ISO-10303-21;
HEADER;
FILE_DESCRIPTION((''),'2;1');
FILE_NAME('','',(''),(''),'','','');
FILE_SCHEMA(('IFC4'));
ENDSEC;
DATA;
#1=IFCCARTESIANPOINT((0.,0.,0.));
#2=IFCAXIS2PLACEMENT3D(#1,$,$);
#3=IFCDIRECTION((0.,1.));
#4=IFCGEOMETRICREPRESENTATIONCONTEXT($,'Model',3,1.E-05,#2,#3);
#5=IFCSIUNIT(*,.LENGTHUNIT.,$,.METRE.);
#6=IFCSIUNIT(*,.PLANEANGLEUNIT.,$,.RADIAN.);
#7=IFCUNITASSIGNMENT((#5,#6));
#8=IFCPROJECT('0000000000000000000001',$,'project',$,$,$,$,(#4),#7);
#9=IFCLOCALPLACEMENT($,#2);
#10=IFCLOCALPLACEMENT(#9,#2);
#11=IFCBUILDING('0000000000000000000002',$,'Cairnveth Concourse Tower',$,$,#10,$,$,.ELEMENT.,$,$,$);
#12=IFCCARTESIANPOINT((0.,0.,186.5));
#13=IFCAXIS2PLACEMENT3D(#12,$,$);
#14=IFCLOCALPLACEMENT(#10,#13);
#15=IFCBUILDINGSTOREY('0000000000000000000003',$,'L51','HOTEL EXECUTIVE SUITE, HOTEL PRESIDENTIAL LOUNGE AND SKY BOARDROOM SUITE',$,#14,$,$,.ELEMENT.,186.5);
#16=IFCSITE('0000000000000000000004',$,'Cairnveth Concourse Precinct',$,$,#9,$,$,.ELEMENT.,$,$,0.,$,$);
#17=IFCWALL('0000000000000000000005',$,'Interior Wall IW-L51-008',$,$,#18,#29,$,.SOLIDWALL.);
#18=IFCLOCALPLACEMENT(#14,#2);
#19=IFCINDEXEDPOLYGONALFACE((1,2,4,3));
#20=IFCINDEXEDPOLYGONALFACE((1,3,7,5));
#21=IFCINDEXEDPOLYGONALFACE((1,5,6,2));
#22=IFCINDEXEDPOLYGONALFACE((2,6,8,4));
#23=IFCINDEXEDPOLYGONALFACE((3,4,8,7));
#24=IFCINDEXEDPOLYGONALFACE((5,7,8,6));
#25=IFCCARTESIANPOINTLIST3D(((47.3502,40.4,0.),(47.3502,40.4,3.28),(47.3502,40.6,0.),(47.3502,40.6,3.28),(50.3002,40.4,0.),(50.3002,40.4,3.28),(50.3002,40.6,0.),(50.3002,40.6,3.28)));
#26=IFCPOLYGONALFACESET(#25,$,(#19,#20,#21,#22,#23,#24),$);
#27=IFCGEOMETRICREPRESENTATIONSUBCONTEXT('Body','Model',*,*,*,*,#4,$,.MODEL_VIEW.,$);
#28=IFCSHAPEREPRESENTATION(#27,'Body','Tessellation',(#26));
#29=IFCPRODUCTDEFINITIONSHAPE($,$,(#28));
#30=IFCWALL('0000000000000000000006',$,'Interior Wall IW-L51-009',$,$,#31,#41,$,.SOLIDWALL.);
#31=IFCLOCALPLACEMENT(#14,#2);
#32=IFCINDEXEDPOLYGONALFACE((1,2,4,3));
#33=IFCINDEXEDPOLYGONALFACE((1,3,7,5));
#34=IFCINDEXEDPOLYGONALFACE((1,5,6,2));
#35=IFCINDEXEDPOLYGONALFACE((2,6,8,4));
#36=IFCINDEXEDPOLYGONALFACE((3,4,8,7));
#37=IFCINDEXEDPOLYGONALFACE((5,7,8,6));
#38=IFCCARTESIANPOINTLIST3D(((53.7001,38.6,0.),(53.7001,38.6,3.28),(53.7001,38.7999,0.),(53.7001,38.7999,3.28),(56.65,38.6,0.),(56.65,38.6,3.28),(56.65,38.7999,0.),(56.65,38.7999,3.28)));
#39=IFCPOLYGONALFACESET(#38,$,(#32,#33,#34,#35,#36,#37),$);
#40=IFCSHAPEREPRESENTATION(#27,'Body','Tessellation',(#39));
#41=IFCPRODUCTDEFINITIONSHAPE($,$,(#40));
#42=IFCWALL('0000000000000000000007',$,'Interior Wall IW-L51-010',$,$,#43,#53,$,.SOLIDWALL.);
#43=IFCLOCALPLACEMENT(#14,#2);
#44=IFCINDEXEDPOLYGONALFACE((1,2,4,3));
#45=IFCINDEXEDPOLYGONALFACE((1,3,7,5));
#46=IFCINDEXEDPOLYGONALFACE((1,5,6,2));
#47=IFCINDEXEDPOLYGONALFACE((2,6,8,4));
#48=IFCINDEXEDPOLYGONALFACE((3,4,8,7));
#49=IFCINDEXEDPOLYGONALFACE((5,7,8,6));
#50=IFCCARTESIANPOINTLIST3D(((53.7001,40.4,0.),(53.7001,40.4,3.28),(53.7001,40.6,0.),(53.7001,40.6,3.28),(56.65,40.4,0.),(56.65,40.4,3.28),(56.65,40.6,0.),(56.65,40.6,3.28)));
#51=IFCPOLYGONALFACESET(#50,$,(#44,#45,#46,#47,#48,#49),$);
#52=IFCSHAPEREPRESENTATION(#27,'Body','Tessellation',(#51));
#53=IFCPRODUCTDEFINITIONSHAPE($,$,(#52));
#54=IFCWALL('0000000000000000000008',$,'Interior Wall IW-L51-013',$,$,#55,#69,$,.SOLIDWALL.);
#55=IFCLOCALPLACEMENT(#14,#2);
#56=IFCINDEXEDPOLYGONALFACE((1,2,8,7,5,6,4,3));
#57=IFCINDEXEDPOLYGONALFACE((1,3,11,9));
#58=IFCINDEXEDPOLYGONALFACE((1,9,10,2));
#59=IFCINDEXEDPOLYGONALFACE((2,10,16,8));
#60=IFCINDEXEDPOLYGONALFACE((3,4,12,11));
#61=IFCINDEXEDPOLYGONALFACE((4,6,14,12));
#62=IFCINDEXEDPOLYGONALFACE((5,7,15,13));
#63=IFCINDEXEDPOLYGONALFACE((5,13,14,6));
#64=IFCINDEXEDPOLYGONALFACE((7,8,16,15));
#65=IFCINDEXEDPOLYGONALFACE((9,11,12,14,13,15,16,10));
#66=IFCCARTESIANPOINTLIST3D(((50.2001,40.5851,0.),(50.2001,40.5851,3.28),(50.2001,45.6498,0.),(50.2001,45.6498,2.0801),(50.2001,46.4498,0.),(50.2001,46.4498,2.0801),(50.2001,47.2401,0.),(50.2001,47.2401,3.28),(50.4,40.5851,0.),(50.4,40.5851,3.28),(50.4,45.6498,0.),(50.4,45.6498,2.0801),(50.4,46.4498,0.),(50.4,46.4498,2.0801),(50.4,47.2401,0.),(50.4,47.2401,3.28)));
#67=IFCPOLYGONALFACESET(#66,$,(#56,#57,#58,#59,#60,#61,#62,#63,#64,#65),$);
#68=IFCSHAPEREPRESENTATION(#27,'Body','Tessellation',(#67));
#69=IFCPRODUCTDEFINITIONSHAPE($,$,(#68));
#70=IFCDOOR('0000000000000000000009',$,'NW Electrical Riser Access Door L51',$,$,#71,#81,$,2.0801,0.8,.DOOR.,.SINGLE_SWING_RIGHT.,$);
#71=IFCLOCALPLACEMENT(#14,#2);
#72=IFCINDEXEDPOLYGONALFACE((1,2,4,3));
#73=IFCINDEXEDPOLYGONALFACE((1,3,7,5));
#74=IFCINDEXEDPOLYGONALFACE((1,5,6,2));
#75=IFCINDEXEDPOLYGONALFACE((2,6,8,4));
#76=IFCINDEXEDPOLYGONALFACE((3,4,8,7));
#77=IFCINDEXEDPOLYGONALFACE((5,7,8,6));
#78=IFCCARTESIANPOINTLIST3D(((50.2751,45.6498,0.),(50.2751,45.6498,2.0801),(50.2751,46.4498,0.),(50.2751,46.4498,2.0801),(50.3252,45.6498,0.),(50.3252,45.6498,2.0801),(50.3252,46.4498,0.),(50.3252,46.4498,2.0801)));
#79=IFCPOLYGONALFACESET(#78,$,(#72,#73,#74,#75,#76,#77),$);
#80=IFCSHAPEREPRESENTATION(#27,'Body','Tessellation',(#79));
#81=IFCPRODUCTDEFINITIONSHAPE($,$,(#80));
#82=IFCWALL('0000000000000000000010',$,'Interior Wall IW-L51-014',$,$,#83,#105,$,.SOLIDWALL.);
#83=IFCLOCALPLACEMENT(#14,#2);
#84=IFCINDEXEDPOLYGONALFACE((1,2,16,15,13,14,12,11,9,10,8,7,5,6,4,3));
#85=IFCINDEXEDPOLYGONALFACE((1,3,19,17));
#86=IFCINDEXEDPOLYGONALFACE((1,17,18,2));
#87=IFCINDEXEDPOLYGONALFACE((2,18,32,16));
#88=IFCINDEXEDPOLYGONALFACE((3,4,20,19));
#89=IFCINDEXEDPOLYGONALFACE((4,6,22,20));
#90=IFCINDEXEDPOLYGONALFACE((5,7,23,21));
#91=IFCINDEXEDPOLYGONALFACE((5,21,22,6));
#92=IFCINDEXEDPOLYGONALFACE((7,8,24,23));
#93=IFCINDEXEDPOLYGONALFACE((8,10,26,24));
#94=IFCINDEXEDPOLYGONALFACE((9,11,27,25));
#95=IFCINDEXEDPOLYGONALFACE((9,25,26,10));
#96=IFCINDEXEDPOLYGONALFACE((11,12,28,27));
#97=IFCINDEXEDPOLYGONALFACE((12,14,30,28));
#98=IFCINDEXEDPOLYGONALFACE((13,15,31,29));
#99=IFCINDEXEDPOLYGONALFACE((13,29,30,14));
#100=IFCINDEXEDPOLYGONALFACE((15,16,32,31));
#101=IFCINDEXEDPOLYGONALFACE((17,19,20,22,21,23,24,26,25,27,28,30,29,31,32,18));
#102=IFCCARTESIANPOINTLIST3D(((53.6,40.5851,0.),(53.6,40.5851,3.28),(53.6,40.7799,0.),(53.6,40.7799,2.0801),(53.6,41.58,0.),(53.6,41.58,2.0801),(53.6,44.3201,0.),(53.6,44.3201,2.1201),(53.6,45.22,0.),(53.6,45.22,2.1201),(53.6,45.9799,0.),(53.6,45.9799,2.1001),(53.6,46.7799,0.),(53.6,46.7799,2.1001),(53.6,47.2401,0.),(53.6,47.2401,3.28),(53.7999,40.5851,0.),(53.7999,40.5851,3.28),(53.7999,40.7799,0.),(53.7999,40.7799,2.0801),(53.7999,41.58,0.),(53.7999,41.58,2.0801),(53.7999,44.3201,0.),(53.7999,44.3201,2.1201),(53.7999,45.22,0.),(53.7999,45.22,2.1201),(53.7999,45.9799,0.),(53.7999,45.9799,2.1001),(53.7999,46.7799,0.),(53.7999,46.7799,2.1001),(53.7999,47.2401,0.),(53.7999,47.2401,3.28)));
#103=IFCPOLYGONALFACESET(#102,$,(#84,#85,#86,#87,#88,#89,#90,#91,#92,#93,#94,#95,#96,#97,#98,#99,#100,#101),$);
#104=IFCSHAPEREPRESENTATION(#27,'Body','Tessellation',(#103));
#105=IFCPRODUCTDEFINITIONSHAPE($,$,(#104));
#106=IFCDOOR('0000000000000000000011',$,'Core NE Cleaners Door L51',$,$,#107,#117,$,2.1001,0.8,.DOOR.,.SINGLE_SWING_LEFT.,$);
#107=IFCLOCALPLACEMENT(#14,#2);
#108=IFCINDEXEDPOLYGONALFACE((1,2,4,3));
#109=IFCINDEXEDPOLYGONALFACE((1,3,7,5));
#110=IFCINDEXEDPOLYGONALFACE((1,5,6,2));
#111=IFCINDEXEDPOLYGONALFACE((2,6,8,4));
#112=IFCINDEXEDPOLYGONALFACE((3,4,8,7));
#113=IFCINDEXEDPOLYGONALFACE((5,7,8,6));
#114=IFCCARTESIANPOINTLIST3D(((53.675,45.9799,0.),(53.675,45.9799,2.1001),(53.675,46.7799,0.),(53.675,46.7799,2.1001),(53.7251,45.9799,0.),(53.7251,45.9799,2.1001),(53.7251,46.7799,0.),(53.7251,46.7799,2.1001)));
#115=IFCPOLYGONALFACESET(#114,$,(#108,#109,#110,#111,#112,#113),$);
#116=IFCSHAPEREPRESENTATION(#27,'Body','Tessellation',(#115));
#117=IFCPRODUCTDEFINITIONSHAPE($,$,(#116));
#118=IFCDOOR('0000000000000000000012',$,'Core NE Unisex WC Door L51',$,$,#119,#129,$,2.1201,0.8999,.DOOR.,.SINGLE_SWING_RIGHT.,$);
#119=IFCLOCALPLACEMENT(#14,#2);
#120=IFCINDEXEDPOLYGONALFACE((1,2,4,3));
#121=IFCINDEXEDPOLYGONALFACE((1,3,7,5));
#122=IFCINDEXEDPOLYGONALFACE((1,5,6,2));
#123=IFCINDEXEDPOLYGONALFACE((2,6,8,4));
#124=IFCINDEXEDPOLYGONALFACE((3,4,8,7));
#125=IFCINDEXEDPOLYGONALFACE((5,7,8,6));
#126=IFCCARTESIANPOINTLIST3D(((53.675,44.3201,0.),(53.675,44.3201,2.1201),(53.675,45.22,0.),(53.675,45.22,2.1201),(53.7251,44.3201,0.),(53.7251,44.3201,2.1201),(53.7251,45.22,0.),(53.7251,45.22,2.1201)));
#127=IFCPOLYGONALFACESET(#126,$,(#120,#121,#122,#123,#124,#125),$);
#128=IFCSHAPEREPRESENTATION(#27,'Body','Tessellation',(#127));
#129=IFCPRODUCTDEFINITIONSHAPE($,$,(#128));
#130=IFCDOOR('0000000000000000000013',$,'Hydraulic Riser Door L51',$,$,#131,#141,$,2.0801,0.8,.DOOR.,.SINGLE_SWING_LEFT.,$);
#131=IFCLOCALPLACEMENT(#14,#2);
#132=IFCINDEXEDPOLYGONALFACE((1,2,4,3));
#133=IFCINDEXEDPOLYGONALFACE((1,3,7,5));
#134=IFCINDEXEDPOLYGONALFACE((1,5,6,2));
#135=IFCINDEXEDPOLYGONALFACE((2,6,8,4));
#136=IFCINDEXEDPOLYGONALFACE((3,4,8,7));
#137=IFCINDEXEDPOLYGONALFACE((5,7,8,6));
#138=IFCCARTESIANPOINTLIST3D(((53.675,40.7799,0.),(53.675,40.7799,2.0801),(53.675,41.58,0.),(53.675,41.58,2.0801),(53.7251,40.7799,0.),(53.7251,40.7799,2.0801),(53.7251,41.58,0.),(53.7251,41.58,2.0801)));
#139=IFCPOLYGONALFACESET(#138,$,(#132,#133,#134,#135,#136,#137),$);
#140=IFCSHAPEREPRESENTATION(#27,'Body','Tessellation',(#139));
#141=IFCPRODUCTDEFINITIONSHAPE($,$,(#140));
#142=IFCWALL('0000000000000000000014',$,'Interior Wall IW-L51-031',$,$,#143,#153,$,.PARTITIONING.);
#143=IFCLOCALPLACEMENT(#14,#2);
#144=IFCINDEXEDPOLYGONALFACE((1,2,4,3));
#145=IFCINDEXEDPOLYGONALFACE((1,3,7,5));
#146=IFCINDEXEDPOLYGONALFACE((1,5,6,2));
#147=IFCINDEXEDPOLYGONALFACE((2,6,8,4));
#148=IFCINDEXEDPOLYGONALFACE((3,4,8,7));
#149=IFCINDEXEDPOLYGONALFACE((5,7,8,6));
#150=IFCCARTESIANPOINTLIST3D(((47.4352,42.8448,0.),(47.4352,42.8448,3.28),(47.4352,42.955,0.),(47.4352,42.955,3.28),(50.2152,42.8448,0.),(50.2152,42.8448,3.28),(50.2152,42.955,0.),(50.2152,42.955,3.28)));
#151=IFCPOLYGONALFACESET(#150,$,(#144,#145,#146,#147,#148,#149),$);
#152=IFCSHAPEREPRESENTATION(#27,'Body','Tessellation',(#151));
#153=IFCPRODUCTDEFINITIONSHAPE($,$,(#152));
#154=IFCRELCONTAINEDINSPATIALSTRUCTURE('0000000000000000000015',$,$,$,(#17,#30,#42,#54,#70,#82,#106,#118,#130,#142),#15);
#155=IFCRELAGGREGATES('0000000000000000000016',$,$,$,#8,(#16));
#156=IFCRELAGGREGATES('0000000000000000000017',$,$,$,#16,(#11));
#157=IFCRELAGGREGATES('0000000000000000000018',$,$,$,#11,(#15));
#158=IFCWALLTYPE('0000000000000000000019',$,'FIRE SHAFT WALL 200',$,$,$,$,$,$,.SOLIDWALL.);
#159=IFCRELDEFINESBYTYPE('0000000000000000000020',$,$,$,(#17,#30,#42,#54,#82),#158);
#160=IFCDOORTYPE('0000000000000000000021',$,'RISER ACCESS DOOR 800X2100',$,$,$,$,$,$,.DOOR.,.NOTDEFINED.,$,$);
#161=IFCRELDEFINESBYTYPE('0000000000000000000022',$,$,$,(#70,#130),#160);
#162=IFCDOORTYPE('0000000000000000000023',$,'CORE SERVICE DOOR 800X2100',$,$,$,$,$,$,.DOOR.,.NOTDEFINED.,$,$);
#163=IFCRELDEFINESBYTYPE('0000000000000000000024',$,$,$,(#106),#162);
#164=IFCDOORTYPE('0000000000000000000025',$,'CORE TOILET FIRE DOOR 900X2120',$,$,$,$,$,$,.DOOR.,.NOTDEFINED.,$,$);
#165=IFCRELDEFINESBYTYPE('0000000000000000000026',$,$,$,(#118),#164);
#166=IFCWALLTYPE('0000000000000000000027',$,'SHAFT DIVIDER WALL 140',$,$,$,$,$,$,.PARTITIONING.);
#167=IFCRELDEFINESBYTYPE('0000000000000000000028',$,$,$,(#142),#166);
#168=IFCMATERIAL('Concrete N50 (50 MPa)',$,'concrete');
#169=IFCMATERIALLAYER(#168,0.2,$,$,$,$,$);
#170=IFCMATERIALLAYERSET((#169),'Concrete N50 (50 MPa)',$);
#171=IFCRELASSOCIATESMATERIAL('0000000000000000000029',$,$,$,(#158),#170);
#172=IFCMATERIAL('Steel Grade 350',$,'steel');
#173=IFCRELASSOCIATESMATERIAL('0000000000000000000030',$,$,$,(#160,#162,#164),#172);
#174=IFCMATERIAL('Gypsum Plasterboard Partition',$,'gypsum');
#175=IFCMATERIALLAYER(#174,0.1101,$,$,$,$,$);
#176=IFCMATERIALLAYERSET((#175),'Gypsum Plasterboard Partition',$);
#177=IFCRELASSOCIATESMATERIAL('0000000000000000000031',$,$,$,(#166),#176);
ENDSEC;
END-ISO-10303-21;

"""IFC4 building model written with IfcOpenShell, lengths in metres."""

from ifc_helpers import new_model, si_unit, direction, frame, frame_2d, origin, place, context, subcontext, project, spatial, rectangle, extrude, material, layer, layer_set, type_object, element, fill, save


model = new_model("IFC4")

# Units and contexts
model_context = context("Model", 3, precision=1e-05, world=origin(), true_north=direction((0.0, 1.0)))
body_context = subcontext(model_context, "Body", "Model", "MODEL_VIEW")
ifc_project = project(units=[si_unit("LENGTHUNIT", "METRE"), si_unit("PLANEANGLEUNIT", "RADIAN")], contexts=[model_context])

# Site, building, storey
site_placement = place(None, origin())
site = spatial("IfcSite", under=ifc_project, at=site_placement, Name="Cairnveth Concourse Precinct", CompositionType="ELEMENT", RefElevation=0.0)
building_placement = place(site_placement, origin())
building = spatial("IfcBuilding", under=site, at=building_placement, Name="Cairnveth Concourse Tower", CompositionType="ELEMENT")
storey_placement = place(building_placement, frame((0.0, 0.0, 186.5)))
storey = spatial("IfcBuildingStorey", under=building, at=storey_placement, Name="L51", Description="HOTEL EXECUTIVE SUITE, HOTEL PRESIDENTIAL LOUNGE AND SKY BOARDROOM SUITE", CompositionType="ELEMENT", Elevation=186.5)

# Shared definitions
ifc_material_1 = material(Name="Steel Grade 350", Category="steel")

# Walls
ifc_material_2 = material(Name="Concrete N50 (50 MPa)", Category="concrete")
ifc_layer_1 = layer(ifc_material_2, 0.2)
ifc_layer_set_1 = layer_set([ifc_layer_1], Name="Concrete N50 (50 MPa)")
wall_type_1 = type_object("IfcWallType", Name="FIRE SHAFT WALL 200", PredefinedType="SOLIDWALL", material=ifc_layer_set_1)
for number, where, z_axis, x_axis, name in (
    (1, (47.3501, 40.5, 0.0), (0.0, 0.0, 1.0), (1.0, 0.0, 0.0), "Interior Wall IW-L51-008"),
    (2, (53.7, 38.7, 0.0), (0.0, 0.0, 1.0), (1.0, 0.0, 0.0), "Interior Wall IW-L51-009"),
    (3, (53.7, 40.5, 0.0), (0.0, 0.0, 1.0), (1.0, 0.0, 0.0), "Interior Wall IW-L51-010"),
):
    element("IfcWall", number, at=place(storey_placement, frame(where, z_axis=z_axis, x_axis=x_axis)), inside=storey, type_object=wall_type_1, Name=name, PredefinedType="SOLIDWALL", context=body_context, shape_type="SweptSolid", body=[
        extrude(rectangle(XDim=2.95, YDim=0.2, at=frame_2d((1.4751, 0.0))), origin(), (0.0, 0.0, 1.0), 3.28),
    ])

# Wall, opening, door
wall_1_placement = place(storey_placement, frame((50.3, 40.585, 0.0), z_axis=(0.0, 0.0, 1.0), x_axis=(0.0, 1.0, 0.0)))
wall_1 = element("IfcWall", 4, at=wall_1_placement, inside=storey, type_object=wall_type_1, Name="Interior Wall IW-L51-013", PredefinedType="SOLIDWALL", context=body_context, shape_type="SweptSolid", body=[
    extrude(rectangle(XDim=6.655, YDim=0.2, at=frame_2d((3.3276, 0.0))), origin(), (0.0, 0.0, 1.0), 3.28),
])
opening_1_placement = place(wall_1_placement, frame((5.0649, 0.0, 0.0)))
opening_1 = element("IfcOpeningElement", 5, at=opening_1_placement, cuts=wall_1, PredefinedType="OPENING", context=body_context, shape_type="SweptSolid", body=[
    extrude(rectangle(XDim=0.8, YDim=2.0801, at=frame_2d((0.3999, 1.04))), frame((0.0, 0.1099, 0.0), z_axis=(0.0, -1.0, 0.0), x_axis=(1.0, 0.0, 0.0)), (0.0, 0.0, 1.0), 0.22),
])
door_type_1 = type_object("IfcDoorType", Name="RISER ACCESS DOOR 800X2100", OperationType="NOTDEFINED", PredefinedType="DOOR", material=ifc_material_1)
door_1_placement = place(opening_1_placement, origin())
door_1 = element("IfcDoor", 6, at=door_1_placement, inside=storey, type_object=door_type_1, Name="NW Electrical Riser Access Door L51", OperationType="SINGLE_SWING_RIGHT", OverallHeight=2.0801, OverallWidth=0.8, PredefinedType="DOOR", context=body_context, shape_type="SweptSolid", body=[
    extrude(rectangle(XDim=0.8, YDim=2.0801, at=frame_2d((0.3999, 1.04))), frame((0.0, 0.0249, 0.0), z_axis=(0.0, -1.0, 0.0), x_axis=(1.0, 0.0, 0.0)), (0.0, 0.0, 1.0), 0.05),
])
fill(opening_1, door_1)

# Wall, openings, doors
wall_2_placement = place(storey_placement, frame((53.7, 40.585, 0.0), z_axis=(0.0, 0.0, 1.0), x_axis=(0.0, 1.0, 0.0)))
wall_2 = element("IfcWall", 7, at=wall_2_placement, inside=storey, type_object=wall_type_1, Name="Interior Wall IW-L51-014", PredefinedType="SOLIDWALL", context=body_context, shape_type="SweptSolid", body=[
    extrude(rectangle(XDim=6.655, YDim=0.2, at=frame_2d((3.3276, 0.0))), origin(), (0.0, 0.0, 1.0), 3.28),
])
opening_2_placement = place(wall_2_placement, frame((0.1951, 0.0, 0.0)))
opening_2 = element("IfcOpeningElement", 8, at=opening_2_placement, cuts=wall_2, PredefinedType="OPENING", context=body_context, shape_type="SweptSolid", body=[
    extrude(rectangle(XDim=0.8, YDim=2.0801, at=frame_2d((0.3999, 1.04))), frame((0.0, 0.1099, 0.0), z_axis=(0.0, -1.0, 0.0), x_axis=(1.0, 0.0, 0.0)), (0.0, 0.0, 1.0), 0.22),
])
opening_3_placement = place(wall_2_placement, frame((3.7351, 0.0, 0.0)))
opening_3 = element("IfcOpeningElement", 9, at=opening_3_placement, cuts=wall_2, PredefinedType="OPENING", context=body_context, shape_type="SweptSolid", body=[
    extrude(rectangle(XDim=0.8999, YDim=2.1201, at=frame_2d((0.45, 1.0601))), frame((0.0, 0.1099, 0.0), z_axis=(0.0, -1.0, 0.0), x_axis=(1.0, 0.0, 0.0)), (0.0, 0.0, 1.0), 0.22),
])
opening_4_placement = place(wall_2_placement, frame((5.395, 0.0, 0.0)))
opening_4 = element("IfcOpeningElement", 10, at=opening_4_placement, cuts=wall_2, PredefinedType="OPENING", context=body_context, shape_type="SweptSolid", body=[
    extrude(rectangle(XDim=0.8, YDim=2.1001, at=frame_2d((0.3999, 1.05))), frame((0.0, 0.1099, 0.0), z_axis=(0.0, -1.0, 0.0), x_axis=(1.0, 0.0, 0.0)), (0.0, 0.0, 1.0), 0.22),
])
door_type_2 = type_object("IfcDoorType", Name="CORE SERVICE DOOR 800X2100", OperationType="NOTDEFINED", PredefinedType="DOOR", material=ifc_material_1)
door_2_placement = place(opening_4_placement, origin())
door_2 = element("IfcDoor", 11, at=door_2_placement, inside=storey, type_object=door_type_2, Name="Core NE Cleaners Door L51", OperationType="SINGLE_SWING_LEFT", OverallHeight=2.1001, OverallWidth=0.8, PredefinedType="DOOR", context=body_context, shape_type="SweptSolid", body=[
    extrude(rectangle(XDim=0.8, YDim=2.1001, at=frame_2d((0.3999, 1.05))), frame((0.0, 0.0249, 0.0), z_axis=(0.0, -1.0, 0.0), x_axis=(1.0, 0.0, 0.0)), (0.0, 0.0, 1.0), 0.05),
])
fill(opening_4, door_2)
door_type_3 = type_object("IfcDoorType", Name="CORE TOILET FIRE DOOR 900X2120", OperationType="NOTDEFINED", PredefinedType="DOOR", material=ifc_material_1)
door_3_placement = place(opening_3_placement, origin())
door_3 = element("IfcDoor", 12, at=door_3_placement, inside=storey, type_object=door_type_3, Name="Core NE Unisex WC Door L51", OperationType="SINGLE_SWING_RIGHT", OverallHeight=2.1201, OverallWidth=0.8999, PredefinedType="DOOR", context=body_context, shape_type="SweptSolid", body=[
    extrude(rectangle(XDim=0.8999, YDim=2.1201, at=frame_2d((0.45, 1.0601))), frame((0.0, 0.0249, 0.0), z_axis=(0.0, -1.0, 0.0), x_axis=(1.0, 0.0, 0.0)), (0.0, 0.0, 1.0), 0.05),
])
fill(opening_3, door_3)
door_4_placement = place(opening_2_placement, origin())
door_4 = element("IfcDoor", 13, at=door_4_placement, inside=storey, type_object=door_type_1, Name="Hydraulic Riser Door L51", OperationType="SINGLE_SWING_LEFT", OverallHeight=2.0801, OverallWidth=0.8, PredefinedType="DOOR", context=body_context, shape_type="SweptSolid", body=[
    extrude(rectangle(XDim=0.8, YDim=2.0801, at=frame_2d((0.3999, 1.04))), frame((0.0, 0.0249, 0.0), z_axis=(0.0, -1.0, 0.0), x_axis=(1.0, 0.0, 0.0)), (0.0, 0.0, 1.0), 0.05),
])
fill(opening_2, door_4)

# Wall
ifc_material_3 = material(Name="Gypsum Plasterboard Partition", Category="gypsum")
ifc_layer_2 = layer(ifc_material_3, 0.1101)
ifc_layer_set_2 = layer_set([ifc_layer_2], Name="Gypsum Plasterboard Partition")
wall_type_2 = type_object("IfcWallType", Name="SHAFT DIVIDER WALL 140", PredefinedType="PARTITIONING", material=ifc_layer_set_2)
wall_3_placement = place(storey_placement, frame((47.4351, 42.8999, 0.0), z_axis=(0.0, 0.0, 1.0), x_axis=(1.0, 0.0, 0.0)))
element("IfcWall", 14, at=wall_3_placement, inside=storey, type_object=wall_type_2, Name="Interior Wall IW-L51-031", PredefinedType="PARTITIONING", context=body_context, shape_type="SweptSolid", body=[
    extrude(rectangle(XDim=2.78, YDim=0.1101, at=frame_2d((1.3901, 0.0))), origin(), (0.0, 0.0, 1.0), 3.28),
])

save(model, "model.ifc")
